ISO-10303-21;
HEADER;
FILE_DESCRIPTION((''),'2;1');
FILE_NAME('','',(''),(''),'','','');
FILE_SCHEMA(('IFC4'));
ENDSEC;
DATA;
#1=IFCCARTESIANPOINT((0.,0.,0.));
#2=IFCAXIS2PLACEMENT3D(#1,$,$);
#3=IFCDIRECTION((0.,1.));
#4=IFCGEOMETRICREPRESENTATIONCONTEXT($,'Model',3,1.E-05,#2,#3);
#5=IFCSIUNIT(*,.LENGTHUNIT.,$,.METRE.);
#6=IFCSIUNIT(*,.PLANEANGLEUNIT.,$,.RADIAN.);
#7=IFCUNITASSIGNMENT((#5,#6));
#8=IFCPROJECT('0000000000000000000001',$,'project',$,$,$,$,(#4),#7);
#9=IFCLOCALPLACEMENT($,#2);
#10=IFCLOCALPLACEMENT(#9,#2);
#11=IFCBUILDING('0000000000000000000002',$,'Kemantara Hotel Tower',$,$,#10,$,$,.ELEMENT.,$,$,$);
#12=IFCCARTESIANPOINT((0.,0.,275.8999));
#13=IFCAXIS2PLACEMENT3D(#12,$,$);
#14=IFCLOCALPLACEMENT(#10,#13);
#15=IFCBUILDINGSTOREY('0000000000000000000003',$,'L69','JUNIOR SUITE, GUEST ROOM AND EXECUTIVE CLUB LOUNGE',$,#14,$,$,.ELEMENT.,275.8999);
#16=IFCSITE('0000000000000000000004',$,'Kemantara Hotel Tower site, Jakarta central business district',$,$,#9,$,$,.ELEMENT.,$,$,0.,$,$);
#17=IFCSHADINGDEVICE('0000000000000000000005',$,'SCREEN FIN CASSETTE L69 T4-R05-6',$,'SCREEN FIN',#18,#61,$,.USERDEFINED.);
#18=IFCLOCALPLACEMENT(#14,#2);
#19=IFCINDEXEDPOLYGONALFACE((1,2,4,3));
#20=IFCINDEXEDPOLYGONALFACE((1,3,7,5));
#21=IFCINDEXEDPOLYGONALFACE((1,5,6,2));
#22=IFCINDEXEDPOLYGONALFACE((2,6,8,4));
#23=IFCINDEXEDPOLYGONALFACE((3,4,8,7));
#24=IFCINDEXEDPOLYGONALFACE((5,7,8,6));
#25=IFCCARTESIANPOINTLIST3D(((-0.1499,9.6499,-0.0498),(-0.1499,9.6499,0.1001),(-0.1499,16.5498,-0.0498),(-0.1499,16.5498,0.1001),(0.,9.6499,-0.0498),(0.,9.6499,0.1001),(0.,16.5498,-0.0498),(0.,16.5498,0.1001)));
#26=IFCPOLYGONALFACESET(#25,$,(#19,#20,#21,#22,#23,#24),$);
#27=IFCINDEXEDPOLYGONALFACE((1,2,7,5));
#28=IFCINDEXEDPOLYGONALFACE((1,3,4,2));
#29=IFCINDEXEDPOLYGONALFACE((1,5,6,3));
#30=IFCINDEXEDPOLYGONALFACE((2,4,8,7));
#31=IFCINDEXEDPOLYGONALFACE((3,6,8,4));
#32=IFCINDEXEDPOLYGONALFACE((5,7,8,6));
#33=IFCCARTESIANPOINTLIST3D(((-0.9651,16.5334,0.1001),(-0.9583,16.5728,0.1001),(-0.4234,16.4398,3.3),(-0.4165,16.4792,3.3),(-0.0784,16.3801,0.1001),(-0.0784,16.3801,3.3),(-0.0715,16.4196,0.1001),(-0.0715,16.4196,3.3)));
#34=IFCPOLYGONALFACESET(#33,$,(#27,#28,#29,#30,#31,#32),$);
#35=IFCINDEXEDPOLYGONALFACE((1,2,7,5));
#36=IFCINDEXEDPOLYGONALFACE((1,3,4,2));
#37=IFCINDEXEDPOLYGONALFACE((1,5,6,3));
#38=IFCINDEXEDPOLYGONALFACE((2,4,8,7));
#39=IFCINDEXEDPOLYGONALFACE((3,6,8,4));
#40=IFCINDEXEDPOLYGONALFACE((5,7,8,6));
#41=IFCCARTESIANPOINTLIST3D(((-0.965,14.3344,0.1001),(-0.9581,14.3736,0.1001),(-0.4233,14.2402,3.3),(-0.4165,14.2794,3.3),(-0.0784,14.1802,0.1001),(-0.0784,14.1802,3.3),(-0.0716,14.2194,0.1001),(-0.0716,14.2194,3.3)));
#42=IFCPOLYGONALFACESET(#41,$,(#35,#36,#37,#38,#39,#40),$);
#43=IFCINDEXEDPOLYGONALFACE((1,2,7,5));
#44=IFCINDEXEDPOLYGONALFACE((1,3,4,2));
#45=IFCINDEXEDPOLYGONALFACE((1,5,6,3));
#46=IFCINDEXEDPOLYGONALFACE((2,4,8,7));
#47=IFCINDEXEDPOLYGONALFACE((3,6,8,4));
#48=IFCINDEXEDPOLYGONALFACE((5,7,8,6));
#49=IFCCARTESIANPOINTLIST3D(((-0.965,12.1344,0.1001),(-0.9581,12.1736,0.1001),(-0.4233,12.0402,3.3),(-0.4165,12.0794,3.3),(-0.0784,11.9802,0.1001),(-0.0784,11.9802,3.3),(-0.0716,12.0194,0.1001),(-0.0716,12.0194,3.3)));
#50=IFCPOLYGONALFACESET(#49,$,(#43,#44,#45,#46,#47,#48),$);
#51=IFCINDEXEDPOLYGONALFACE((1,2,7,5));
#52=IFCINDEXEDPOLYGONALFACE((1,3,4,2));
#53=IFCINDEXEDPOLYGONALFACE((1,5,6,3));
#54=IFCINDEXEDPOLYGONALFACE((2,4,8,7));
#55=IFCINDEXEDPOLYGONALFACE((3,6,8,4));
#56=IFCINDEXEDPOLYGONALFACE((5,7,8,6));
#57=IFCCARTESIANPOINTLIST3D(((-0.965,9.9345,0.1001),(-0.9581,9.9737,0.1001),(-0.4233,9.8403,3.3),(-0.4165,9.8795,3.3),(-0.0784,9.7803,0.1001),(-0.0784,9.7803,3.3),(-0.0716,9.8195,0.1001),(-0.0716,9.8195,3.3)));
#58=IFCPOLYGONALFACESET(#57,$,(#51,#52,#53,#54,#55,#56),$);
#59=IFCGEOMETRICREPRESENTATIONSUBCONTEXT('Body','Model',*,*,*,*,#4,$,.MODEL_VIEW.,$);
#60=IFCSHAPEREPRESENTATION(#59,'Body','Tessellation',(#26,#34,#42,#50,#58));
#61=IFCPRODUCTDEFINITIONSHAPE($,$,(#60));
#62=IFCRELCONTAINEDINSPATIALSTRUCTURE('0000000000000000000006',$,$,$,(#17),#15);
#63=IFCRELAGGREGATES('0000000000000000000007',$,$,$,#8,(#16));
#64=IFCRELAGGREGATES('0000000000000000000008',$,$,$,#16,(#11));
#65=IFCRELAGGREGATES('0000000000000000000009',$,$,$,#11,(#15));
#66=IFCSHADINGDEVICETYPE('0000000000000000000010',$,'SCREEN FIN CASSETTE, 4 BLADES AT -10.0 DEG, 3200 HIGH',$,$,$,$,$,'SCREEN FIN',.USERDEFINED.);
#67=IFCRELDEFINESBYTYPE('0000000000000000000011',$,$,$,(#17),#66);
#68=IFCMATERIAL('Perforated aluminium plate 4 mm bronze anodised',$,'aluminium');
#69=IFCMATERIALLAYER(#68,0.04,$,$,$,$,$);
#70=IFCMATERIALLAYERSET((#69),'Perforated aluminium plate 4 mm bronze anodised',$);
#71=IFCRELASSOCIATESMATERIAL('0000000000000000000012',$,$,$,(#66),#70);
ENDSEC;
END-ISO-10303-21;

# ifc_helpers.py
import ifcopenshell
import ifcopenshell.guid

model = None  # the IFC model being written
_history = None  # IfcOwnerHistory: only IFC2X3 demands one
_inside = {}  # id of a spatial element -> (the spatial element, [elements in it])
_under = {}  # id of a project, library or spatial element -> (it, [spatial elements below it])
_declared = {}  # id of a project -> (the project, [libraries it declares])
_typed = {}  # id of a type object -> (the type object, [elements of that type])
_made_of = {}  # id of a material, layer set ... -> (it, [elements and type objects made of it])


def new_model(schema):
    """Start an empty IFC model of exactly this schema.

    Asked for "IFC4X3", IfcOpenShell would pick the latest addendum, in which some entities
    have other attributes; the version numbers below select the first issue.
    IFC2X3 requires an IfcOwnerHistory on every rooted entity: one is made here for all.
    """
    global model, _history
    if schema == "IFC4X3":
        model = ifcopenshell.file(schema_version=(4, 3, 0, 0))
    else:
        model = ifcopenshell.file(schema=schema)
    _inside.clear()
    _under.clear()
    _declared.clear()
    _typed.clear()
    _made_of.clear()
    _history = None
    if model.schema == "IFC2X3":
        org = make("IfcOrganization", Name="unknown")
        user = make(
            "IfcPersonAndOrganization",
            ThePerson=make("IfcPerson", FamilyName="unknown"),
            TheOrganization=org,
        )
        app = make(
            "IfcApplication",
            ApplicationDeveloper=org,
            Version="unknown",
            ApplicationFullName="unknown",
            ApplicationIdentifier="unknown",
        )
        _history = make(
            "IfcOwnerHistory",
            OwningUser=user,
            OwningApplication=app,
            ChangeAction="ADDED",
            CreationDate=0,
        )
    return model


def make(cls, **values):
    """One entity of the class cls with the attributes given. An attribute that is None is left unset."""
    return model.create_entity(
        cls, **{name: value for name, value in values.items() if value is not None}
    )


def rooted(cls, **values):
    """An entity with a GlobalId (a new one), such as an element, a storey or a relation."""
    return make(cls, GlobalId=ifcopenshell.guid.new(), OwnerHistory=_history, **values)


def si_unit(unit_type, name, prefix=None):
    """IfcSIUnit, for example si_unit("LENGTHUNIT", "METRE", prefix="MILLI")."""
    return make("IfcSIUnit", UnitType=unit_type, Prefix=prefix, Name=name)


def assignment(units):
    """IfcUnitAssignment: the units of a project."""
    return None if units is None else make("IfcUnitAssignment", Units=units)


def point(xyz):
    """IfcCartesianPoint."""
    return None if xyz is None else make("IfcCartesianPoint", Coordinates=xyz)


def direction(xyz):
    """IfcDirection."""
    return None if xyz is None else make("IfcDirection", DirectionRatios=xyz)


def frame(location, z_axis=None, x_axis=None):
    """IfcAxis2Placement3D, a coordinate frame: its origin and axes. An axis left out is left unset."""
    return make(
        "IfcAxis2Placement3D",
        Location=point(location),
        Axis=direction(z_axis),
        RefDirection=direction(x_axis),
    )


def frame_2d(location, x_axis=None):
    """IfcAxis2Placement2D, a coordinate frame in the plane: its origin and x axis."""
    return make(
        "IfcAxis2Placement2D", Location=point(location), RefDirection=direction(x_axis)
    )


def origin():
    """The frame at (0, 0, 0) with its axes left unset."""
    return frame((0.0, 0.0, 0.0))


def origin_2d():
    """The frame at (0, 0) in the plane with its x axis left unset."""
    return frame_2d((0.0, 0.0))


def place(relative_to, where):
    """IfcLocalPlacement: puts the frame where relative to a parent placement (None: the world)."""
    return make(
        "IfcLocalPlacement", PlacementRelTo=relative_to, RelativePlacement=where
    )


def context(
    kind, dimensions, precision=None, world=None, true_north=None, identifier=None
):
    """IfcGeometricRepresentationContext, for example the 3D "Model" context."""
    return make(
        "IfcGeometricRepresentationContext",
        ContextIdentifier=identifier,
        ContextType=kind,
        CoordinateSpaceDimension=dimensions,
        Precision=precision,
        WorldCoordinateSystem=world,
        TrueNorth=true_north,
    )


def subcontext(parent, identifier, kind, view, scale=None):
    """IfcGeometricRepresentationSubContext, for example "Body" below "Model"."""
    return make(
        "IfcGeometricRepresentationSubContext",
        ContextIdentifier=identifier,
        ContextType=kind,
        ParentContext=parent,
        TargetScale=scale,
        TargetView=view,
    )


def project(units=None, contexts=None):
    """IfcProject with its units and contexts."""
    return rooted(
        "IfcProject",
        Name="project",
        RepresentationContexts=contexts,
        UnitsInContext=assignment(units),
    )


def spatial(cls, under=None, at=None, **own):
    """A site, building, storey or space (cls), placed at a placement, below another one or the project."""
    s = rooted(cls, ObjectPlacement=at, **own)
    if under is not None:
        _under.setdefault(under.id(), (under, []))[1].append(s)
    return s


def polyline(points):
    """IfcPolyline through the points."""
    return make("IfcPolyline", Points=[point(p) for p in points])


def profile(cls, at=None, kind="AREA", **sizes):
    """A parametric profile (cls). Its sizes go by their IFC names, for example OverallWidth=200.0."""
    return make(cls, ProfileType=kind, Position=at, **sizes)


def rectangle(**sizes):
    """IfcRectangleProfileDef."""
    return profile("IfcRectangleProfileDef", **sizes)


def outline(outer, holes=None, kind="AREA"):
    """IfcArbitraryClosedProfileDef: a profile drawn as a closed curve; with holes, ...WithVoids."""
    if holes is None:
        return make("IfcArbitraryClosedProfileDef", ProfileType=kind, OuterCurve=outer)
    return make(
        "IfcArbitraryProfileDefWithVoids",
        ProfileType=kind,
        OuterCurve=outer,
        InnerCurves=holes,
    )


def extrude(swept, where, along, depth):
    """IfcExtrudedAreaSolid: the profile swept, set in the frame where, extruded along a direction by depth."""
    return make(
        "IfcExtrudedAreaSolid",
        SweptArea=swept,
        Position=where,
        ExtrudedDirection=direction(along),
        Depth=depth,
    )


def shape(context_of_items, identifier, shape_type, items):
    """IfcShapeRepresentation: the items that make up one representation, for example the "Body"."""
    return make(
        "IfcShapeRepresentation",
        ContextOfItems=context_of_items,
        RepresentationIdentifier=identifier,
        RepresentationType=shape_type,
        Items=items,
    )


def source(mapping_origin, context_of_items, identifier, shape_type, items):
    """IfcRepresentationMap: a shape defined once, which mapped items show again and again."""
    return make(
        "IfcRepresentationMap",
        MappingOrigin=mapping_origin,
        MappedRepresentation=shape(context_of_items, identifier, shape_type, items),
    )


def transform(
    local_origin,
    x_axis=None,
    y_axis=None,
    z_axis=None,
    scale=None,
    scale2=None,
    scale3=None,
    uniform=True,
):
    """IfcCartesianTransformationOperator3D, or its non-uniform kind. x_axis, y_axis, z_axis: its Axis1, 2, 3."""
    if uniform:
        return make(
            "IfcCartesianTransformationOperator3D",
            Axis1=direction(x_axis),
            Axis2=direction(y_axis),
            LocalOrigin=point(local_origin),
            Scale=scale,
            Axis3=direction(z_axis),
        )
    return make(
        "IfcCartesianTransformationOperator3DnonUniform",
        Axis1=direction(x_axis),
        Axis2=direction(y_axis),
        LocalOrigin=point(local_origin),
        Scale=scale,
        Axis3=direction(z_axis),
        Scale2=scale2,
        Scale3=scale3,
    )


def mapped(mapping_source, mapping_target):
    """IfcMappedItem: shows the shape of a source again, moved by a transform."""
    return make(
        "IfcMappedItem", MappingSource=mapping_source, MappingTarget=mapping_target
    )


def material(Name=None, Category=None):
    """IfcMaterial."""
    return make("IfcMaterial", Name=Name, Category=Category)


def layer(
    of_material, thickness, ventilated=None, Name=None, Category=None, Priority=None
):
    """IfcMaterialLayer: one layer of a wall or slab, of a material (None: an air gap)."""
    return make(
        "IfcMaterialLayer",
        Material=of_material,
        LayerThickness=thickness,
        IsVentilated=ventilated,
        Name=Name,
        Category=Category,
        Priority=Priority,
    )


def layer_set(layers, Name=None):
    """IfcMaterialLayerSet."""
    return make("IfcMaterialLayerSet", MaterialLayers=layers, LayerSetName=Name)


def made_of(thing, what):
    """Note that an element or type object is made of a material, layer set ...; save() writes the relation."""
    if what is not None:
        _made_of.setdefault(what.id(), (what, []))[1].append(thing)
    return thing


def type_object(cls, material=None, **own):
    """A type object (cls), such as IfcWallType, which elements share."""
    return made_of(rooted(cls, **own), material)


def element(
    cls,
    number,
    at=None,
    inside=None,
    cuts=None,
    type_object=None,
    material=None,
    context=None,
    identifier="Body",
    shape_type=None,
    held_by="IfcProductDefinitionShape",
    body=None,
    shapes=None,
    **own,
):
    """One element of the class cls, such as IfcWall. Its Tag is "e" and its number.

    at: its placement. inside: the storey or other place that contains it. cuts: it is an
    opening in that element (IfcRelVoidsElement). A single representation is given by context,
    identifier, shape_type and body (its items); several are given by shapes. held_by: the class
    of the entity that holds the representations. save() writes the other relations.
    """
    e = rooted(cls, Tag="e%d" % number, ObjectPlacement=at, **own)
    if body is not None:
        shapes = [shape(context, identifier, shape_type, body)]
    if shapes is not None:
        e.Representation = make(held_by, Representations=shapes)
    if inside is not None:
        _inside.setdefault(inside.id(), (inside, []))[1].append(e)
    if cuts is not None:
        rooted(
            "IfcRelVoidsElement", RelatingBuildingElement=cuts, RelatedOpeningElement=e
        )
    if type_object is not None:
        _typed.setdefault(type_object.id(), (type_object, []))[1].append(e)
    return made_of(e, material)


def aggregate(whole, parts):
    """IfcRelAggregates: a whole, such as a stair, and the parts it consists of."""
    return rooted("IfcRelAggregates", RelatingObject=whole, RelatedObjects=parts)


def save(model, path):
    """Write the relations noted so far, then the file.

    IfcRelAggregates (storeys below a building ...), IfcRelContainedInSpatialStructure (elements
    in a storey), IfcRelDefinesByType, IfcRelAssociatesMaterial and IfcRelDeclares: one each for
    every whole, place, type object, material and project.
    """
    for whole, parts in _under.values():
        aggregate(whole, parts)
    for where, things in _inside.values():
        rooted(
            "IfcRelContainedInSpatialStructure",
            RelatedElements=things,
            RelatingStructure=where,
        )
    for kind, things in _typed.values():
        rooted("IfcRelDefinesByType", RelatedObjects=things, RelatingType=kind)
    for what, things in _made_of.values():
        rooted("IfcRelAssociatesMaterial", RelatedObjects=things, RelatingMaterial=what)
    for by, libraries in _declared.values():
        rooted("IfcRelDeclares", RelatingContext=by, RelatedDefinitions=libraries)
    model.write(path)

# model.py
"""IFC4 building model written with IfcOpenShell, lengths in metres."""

from ifc_helpers import new_model, si_unit, direction, frame, origin, origin_2d, place, context, subcontext, project, spatial, polyline, rectangle, outline, extrude, source, transform, mapped, material, layer, layer_set, type_object, element, save


model = new_model("IFC4")

# Units and contexts
model_context = context("Model", 3, precision=1e-05, world=origin(), true_north=direction((0.0, 1.0)))
body_context = subcontext(model_context, "Body", "Model", "MODEL_VIEW")
ifc_project = project(units=[si_unit("LENGTHUNIT", "METRE"), si_unit("PLANEANGLEUNIT", "RADIAN")], contexts=[model_context])

# Site, building, storey
site_placement = place(None, origin())
site = spatial("IfcSite", under=ifc_project, at=site_placement, Name="Kemantara Hotel Tower site, Jakarta central business district", CompositionType="ELEMENT", RefElevation=0.0)
building_placement = place(site_placement, origin())
building = spatial("IfcBuilding", under=site, at=building_placement, Name="Kemantara Hotel Tower", CompositionType="ELEMENT")
storey_placement = place(building_placement, frame((0.0, 0.0, 275.8999)))
storey = spatial("IfcBuildingStorey", under=building, at=storey_placement, Name="L69", Description="JUNIOR SUITE, GUEST ROOM AND EXECUTIVE CLUB LOUNGE", CompositionType="ELEMENT", Elevation=275.8999)

# Shading device
ifc_material_1 = material(Name="Perforated aluminium plate 4 mm bronze anodised", Category="aluminium")
ifc_layer_1 = layer(ifc_material_1, 0.04)
ifc_layer_set_1 = layer_set([ifc_layer_1], Name="Perforated aluminium plate 4 mm bronze anodised")
shading_device_type = type_object("IfcShadingDeviceType", Name="SCREEN FIN CASSETTE, 4 BLADES AT -10.0 DEG, 3200 HIGH", ElementType="SCREEN FIN", PredefinedType="USERDEFINED", material=ifc_layer_set_1)
shared_shape = source(origin(), body_context, "Body", "SweptSolid", [
    extrude(rectangle(XDim=6.8999, YDim=0.1499, at=origin_2d()), frame((3.3, -0.075, -0.1499), z_axis=(0.0, 0.0, 1.0), x_axis=(1.0, 0.0, 0.0)), (0.0, 0.0, 1.0), 0.1499),
    extrude(outline(polyline([(0.0, 0.0), (0.8999, 0.0), (0.3501, 3.2), (0.0, 3.2), (0.0, 0.0)])), frame((0.0198, -0.0784, 0.0), z_axis=(-0.98539, 0.170314, 0.0), x_axis=(-0.170314, -0.98539, 0.0)), (0.0, 0.0, 1.0), 0.04),
    extrude(outline(polyline([(0.0, 0.0), (0.8999, 0.0), (0.3501, 3.2), (0.0, 3.2), (0.0, 0.0)])), frame((2.2197, -0.0784, 0.0), z_axis=(-0.985212, 0.171341, 0.0), x_axis=(-0.171341, -0.985212, 0.0)), (0.0, 0.0, 1.0), 0.0398),
    extrude(outline(polyline([(0.0, 0.0), (0.8999, 0.0), (0.3501, 3.2), (0.0, 3.2), (0.0, 0.0)])), frame((4.4197, -0.0784, 0.0), z_axis=(-0.985212, 0.171341, 0.0), x_axis=(-0.171341, -0.985212, 0.0)), (0.0, 0.0, 1.0), 0.0398),
    extrude(outline(polyline([(0.0, 0.0), (0.8999, 0.0), (0.3501, 3.2), (0.0, 3.2), (0.0, 0.0)])), frame((6.6196, -0.0784, 0.0), z_axis=(-0.985212, 0.171341, 0.0), x_axis=(-0.171341, -0.985212, 0.0)), (0.0, 0.0, 1.0), 0.0398),
])
shading_device_placement = place(storey_placement, frame((0.0, 16.3999, 0.1001), z_axis=(0.0, 0.0, 1.0), x_axis=(0.0, -1.0, 0.0)))
element("IfcShadingDevice", 1, at=shading_device_placement, inside=storey, type_object=shading_device_type, Name="SCREEN FIN CASSETTE L69 T4-R05-6", ObjectType="SCREEN FIN", PredefinedType="USERDEFINED", context=body_context, shape_type="MappedRepresentation", body=[
    mapped(shared_shape, transform((0.0, 0.0, 0.0))),
])

save(model, "model.ifc")
